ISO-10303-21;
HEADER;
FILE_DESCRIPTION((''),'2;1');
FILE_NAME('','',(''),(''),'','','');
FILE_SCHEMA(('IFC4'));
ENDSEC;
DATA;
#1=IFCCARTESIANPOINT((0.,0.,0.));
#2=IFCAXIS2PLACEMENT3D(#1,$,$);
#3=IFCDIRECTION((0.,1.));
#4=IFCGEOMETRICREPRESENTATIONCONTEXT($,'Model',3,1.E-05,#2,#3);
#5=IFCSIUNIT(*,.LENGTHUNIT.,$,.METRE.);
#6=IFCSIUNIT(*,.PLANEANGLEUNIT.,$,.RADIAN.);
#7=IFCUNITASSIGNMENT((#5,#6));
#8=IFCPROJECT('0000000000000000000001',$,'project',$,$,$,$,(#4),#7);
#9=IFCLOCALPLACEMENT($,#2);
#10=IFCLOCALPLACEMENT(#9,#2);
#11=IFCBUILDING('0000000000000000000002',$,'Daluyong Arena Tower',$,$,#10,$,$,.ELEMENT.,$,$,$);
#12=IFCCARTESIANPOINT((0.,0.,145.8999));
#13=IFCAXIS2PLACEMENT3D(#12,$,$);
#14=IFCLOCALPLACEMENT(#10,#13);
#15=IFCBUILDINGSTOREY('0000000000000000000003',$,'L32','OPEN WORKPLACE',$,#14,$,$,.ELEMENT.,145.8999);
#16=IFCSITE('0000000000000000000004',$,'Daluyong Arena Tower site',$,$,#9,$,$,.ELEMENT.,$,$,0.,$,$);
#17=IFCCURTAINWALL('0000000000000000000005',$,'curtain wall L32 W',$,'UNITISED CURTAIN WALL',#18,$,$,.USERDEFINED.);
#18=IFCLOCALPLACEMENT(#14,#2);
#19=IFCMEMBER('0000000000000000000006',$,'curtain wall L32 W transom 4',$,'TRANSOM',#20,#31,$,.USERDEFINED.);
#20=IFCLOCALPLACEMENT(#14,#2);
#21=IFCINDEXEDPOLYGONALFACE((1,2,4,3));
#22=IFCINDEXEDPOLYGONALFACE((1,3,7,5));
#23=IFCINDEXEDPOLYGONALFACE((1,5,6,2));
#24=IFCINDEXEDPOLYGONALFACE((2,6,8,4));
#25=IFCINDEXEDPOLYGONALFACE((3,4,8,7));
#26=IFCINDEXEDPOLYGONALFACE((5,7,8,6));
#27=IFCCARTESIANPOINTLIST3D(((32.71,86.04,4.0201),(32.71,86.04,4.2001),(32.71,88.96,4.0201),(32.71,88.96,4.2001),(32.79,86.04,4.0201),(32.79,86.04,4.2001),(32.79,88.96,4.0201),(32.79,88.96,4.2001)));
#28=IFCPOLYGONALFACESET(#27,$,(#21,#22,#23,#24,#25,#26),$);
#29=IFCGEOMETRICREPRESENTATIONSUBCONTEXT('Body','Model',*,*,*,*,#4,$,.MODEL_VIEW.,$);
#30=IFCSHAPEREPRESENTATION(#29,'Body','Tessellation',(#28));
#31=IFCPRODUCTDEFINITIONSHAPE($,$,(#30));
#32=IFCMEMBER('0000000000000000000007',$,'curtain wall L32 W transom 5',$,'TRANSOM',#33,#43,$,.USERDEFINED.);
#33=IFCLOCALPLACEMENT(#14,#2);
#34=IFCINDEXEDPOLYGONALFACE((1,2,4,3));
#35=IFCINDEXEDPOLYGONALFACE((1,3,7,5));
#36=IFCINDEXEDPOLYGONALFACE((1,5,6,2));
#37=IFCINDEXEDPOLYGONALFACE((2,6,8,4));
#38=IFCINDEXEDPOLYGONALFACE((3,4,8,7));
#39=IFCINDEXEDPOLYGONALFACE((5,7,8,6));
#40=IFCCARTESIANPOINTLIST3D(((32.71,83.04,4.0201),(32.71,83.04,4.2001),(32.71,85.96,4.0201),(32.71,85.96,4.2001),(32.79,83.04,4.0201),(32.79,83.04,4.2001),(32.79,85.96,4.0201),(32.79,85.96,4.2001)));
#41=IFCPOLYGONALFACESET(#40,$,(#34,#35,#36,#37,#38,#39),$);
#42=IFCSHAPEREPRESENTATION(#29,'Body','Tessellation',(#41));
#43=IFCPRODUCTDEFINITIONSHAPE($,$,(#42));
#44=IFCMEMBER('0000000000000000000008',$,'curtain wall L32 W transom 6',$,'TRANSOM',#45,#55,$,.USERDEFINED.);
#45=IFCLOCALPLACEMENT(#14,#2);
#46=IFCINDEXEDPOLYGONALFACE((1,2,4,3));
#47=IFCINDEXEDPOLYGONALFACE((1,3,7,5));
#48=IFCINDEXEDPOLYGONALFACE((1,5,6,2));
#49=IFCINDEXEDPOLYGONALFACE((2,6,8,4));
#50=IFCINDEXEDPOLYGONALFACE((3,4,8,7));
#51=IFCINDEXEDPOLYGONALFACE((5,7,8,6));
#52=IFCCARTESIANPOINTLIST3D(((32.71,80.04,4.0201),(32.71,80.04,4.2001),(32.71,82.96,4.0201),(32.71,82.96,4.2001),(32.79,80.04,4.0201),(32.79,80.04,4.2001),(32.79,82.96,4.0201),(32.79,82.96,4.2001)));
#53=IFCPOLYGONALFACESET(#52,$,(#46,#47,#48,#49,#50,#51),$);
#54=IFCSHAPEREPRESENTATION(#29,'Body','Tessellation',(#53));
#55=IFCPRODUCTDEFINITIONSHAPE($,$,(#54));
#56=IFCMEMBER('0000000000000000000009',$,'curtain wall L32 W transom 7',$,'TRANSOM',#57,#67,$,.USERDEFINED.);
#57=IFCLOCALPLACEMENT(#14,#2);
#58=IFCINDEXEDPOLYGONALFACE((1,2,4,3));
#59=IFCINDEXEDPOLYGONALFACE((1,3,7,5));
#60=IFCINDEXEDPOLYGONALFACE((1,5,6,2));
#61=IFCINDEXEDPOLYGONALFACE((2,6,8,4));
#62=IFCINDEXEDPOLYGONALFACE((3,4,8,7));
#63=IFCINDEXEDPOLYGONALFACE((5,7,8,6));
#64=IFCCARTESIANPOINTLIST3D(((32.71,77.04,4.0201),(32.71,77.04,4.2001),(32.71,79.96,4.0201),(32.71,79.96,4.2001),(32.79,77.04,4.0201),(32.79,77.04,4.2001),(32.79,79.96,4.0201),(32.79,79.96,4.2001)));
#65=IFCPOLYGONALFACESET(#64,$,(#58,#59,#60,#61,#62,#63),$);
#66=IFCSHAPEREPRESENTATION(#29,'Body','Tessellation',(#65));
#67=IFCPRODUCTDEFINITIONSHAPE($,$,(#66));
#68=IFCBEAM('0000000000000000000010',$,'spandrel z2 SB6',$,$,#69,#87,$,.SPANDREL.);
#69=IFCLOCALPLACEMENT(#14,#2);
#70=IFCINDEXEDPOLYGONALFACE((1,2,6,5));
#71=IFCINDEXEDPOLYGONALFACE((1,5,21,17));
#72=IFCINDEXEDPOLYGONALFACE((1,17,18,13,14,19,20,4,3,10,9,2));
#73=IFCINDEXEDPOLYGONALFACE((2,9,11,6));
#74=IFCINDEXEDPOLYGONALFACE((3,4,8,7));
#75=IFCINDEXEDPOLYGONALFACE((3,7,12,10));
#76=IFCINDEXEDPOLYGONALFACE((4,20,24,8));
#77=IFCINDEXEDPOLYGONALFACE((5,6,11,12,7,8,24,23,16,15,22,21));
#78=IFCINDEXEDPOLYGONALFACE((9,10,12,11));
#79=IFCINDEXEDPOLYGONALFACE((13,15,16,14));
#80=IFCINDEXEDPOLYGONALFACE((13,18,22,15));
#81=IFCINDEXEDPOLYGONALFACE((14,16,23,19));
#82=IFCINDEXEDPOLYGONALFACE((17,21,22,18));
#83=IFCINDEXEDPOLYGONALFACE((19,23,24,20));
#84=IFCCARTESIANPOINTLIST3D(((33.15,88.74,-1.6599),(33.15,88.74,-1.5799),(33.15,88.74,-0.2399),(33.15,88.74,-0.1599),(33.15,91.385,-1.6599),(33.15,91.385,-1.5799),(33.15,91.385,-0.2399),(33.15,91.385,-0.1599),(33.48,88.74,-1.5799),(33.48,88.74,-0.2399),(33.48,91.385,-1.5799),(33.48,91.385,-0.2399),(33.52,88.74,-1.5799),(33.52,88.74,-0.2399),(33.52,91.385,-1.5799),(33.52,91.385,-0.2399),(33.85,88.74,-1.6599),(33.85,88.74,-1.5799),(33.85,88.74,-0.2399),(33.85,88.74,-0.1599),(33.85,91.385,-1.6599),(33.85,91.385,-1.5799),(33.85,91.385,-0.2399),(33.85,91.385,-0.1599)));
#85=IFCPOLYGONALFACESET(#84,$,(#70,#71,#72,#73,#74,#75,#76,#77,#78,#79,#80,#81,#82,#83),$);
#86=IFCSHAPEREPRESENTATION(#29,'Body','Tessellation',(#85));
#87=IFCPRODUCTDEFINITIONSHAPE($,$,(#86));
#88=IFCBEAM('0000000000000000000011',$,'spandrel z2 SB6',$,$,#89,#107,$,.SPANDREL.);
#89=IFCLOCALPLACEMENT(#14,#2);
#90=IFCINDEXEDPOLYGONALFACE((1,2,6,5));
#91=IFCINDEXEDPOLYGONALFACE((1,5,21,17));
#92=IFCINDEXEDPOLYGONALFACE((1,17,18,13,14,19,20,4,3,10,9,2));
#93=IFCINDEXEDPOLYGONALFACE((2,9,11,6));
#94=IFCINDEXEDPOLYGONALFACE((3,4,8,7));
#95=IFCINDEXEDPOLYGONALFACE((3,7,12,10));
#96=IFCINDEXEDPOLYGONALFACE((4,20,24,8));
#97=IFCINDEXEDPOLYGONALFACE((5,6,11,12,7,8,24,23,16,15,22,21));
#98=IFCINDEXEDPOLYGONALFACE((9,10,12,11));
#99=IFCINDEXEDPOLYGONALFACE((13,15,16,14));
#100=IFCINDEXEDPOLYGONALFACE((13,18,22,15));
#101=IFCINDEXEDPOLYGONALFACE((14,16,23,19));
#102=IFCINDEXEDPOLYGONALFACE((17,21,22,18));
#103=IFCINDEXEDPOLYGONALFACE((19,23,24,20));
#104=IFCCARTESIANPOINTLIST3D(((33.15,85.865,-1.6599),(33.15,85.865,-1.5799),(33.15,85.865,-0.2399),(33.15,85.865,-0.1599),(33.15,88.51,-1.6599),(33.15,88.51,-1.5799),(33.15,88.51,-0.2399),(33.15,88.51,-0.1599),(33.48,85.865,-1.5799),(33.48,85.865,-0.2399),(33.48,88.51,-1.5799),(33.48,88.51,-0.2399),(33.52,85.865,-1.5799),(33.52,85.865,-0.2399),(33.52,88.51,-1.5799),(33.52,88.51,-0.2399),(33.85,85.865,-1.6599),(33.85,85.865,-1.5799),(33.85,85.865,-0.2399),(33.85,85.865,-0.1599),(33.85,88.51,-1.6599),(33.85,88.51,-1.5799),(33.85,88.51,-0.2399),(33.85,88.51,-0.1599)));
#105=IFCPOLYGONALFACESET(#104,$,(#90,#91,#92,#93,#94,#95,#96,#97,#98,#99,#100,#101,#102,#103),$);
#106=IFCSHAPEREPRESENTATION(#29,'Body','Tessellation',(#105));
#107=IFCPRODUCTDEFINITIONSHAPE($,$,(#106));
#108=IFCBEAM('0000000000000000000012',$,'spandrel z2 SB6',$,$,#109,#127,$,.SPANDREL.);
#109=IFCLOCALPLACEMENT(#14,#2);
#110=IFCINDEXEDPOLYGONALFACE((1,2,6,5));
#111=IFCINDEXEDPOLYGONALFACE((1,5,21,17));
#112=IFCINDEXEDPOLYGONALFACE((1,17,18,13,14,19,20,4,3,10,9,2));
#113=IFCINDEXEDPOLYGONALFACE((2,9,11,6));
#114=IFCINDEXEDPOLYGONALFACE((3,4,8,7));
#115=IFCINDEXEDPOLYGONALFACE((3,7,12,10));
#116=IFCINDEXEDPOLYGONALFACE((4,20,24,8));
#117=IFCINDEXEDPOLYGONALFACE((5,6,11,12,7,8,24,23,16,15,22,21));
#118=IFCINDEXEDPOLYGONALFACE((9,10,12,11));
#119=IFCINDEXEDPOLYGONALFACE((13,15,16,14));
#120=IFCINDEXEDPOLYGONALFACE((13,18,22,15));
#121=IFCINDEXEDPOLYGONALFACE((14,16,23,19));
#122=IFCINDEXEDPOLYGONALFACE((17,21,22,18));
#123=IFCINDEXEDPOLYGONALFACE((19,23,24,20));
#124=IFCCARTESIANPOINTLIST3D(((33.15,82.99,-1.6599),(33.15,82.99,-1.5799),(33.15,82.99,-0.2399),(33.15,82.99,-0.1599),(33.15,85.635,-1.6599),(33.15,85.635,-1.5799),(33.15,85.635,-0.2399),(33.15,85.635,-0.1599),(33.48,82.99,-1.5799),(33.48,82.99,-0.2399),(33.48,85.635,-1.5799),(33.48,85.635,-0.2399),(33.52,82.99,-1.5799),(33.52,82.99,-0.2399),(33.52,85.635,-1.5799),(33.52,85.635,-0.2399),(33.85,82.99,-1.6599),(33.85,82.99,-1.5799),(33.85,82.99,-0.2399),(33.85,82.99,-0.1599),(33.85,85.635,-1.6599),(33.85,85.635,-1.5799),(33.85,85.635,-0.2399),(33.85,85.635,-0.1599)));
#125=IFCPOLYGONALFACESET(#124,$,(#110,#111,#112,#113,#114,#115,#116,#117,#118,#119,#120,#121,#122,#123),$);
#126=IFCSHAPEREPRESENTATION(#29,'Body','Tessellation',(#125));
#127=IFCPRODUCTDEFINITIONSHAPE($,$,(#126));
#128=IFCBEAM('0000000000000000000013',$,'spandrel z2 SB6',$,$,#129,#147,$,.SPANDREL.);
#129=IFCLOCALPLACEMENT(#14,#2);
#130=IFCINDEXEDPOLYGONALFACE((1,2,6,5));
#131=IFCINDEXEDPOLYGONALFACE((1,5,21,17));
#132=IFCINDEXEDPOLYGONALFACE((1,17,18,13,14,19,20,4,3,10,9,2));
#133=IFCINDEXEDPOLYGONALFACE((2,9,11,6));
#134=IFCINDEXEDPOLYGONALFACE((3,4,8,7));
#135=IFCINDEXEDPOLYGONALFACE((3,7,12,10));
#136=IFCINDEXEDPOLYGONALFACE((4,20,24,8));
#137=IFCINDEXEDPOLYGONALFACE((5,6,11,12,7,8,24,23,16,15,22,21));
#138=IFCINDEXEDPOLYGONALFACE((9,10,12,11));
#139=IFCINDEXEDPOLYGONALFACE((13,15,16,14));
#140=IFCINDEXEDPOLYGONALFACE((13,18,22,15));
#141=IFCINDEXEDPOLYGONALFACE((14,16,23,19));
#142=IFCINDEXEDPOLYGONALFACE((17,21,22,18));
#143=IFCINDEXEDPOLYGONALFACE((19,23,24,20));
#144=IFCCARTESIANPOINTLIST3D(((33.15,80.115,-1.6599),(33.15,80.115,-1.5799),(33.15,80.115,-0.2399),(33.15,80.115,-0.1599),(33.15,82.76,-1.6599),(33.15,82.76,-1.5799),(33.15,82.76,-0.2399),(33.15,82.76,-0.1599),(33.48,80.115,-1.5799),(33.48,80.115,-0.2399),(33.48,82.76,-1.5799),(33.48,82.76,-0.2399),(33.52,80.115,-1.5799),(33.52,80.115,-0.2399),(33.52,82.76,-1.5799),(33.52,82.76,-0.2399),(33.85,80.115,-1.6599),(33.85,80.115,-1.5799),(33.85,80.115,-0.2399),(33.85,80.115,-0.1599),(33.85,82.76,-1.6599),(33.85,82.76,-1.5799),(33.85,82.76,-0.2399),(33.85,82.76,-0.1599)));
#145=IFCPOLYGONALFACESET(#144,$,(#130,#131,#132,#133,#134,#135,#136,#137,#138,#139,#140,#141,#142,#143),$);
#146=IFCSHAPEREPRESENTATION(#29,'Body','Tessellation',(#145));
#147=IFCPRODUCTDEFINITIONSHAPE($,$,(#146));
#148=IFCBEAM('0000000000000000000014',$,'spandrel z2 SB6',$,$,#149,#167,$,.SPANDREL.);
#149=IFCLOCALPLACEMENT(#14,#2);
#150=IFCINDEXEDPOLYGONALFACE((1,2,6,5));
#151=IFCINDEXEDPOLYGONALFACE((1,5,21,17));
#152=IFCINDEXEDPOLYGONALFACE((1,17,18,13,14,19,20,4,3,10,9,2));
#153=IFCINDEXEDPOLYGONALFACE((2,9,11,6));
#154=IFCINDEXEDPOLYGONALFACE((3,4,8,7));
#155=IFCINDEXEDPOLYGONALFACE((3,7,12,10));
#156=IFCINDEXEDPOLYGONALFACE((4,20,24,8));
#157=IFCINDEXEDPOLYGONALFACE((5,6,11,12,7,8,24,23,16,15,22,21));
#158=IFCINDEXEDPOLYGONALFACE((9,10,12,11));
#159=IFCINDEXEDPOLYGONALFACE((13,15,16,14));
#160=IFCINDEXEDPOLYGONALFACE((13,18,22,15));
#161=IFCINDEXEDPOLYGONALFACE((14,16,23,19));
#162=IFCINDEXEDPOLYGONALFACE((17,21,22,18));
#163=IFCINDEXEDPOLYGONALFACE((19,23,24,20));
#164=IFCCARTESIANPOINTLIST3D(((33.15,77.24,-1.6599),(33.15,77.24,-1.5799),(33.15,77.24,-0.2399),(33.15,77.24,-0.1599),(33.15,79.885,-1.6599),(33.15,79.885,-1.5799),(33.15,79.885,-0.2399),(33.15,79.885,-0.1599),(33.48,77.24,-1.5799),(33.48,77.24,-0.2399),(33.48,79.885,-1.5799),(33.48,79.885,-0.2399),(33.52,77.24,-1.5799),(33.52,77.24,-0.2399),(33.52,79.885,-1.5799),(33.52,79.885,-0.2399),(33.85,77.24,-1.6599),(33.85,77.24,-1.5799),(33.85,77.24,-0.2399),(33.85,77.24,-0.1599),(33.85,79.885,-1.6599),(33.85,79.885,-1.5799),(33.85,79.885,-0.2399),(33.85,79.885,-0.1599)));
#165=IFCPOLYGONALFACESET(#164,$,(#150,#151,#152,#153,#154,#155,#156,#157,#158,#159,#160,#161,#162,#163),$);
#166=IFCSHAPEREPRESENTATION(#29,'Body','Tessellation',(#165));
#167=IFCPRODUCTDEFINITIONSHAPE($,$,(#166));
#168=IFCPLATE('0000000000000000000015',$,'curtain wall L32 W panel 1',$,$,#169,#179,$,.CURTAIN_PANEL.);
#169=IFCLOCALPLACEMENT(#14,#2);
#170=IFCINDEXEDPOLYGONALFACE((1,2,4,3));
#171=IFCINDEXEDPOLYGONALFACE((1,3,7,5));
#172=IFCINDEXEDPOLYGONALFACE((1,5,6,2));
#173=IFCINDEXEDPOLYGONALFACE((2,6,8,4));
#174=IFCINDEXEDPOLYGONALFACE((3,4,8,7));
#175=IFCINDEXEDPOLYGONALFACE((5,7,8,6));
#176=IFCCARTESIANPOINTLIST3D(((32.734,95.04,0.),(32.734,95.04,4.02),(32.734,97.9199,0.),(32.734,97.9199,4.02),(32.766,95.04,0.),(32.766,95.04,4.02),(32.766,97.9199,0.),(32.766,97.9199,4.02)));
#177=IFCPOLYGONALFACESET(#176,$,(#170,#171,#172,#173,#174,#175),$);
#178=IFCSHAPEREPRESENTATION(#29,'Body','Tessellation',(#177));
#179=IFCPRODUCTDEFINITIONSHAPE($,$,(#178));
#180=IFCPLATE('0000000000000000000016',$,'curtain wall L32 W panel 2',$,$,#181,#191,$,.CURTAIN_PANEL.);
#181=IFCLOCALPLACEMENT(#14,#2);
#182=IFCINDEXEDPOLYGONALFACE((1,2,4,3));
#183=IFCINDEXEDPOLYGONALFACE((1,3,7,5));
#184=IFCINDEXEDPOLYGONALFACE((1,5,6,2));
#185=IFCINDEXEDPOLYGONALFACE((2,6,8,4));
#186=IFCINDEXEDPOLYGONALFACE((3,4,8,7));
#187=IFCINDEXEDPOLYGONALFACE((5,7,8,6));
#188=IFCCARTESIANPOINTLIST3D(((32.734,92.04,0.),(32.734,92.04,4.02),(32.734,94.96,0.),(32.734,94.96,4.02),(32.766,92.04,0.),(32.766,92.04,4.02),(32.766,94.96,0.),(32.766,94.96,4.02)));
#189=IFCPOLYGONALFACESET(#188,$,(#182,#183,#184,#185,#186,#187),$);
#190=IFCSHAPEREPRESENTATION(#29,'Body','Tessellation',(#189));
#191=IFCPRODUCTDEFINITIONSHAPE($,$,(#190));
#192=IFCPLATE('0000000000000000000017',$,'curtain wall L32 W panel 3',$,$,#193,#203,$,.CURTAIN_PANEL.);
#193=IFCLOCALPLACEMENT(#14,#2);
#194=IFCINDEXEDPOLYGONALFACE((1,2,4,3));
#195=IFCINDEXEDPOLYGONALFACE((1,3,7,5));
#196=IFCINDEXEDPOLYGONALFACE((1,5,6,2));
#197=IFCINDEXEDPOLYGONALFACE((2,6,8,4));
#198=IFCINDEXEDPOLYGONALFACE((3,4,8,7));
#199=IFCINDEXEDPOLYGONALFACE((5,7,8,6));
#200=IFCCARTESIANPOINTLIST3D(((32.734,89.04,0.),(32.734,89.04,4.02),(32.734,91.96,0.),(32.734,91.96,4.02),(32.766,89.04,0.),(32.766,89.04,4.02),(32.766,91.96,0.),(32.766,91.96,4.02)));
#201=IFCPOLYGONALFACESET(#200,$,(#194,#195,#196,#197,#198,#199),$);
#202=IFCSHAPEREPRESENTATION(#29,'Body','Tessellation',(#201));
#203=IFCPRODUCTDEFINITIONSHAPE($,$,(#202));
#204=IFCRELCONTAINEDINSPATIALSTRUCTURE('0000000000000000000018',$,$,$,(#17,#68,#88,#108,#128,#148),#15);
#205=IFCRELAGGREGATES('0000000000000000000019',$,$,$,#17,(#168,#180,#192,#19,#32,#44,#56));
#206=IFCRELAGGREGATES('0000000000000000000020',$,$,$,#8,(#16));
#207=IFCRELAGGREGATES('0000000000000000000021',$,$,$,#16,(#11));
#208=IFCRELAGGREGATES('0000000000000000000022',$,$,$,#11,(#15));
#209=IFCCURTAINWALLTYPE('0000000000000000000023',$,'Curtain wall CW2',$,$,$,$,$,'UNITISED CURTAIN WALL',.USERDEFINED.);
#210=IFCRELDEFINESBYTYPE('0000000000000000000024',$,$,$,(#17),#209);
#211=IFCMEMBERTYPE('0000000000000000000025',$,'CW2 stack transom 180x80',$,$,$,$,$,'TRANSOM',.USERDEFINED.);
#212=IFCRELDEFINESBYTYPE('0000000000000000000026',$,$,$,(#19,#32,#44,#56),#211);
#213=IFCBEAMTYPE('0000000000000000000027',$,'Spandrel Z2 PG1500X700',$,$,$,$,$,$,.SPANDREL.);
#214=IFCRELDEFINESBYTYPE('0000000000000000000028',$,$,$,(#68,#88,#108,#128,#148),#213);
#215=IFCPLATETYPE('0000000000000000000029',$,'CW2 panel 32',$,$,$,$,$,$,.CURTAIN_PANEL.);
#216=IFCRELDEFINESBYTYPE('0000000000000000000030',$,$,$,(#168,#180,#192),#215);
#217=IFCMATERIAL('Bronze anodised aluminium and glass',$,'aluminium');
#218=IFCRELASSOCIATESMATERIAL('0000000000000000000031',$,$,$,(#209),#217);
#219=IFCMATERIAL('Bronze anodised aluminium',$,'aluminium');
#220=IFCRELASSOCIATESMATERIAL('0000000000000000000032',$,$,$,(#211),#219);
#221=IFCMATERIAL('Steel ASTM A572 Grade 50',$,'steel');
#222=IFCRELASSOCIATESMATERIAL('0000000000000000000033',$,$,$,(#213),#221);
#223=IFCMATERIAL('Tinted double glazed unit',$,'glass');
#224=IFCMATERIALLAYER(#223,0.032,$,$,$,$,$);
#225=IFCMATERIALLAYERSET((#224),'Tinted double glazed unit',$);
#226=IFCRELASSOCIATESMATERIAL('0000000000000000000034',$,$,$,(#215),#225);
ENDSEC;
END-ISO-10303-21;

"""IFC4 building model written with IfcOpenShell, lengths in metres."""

from ifc_helpers import new_model, si_unit, direction, frame, origin, origin_2d, place, context, subcontext, project, spatial, rectangle, i_section, extrude, material, layer, layer_set, material_profile, profile_set, type_object, element, aggregate, save


model = new_model("IFC4")

# Units and contexts
model_context = context("Model", 3, precision=1e-05, world=origin(), true_north=direction((0.0, 1.0)))
body_context = subcontext(model_context, "Body", "Model", "MODEL_VIEW")
ifc_project = project(units=[si_unit("LENGTHUNIT", "METRE"), si_unit("PLANEANGLEUNIT", "RADIAN")], contexts=[model_context])

# Site, building, storey
site_placement = place(None, origin())
site = spatial("IfcSite", under=ifc_project, at=site_placement, Name="Daluyong Arena Tower site", CompositionType="ELEMENT", RefElevation=0.0)
building_placement = place(site_placement, origin())
building = spatial("IfcBuilding", under=site, at=building_placement, Name="Daluyong Arena Tower", CompositionType="ELEMENT")
storey_placement = place(building_placement, frame((0.0, 0.0, 145.8999)))
storey = spatial("IfcBuildingStorey", under=building, at=storey_placement, Name="L32", Description="OPEN WORKPLACE", CompositionType="ELEMENT", Elevation=145.8999)

# Curtain wall, members
ifc_material_1 = material(Name="Bronze anodised aluminium and glass", Category="aluminium")
curtain_wall_type = type_object("IfcCurtainWallType", Name="Curtain wall CW2", ElementType="UNITISED CURTAIN WALL", PredefinedType="USERDEFINED", material=ifc_material_1)
curtain_wall_placement = place(storey_placement, origin())
curtain_wall = element("IfcCurtainWall", 1, at=curtain_wall_placement, inside=storey, type_object=curtain_wall_type, Name="curtain wall L32 W", ObjectType="UNITISED CURTAIN WALL", PredefinedType="USERDEFINED")
ifc_material_2 = material(Name="Bronze anodised aluminium", Category="aluminium")
ifc_material_profile_1 = material_profile(ifc_material_2, rectangle(XDim=0.0801, YDim=0.1799, at=origin_2d()))
ifc_profile_set_1 = profile_set([ifc_material_profile_1], Name="Bronze anodised aluminium")
member_type_1 = type_object("IfcMemberType", Name="CW2 stack transom 180x80", ElementType="TRANSOM", PredefinedType="USERDEFINED", material=ifc_profile_set_1)
member_1_placement = place(storey_placement, frame((32.75, 88.96, 4.1101), z_axis=(0.0, -1.0, 0.0), x_axis=(1.0, 0.0, 0.0)))
member_1 = element("IfcMember", 2, at=member_1_placement, type_object=member_type_1, Name="curtain wall L32 W transom 4", ObjectType="TRANSOM", PredefinedType="USERDEFINED", context=body_context, shape_type="SweptSolid", body=[
    extrude(rectangle(XDim=0.0801, YDim=0.1799, at=origin_2d()), origin(), (0.0, 0.0, 1.0), 2.9199),
])
member_2_placement = place(storey_placement, frame((32.75, 85.96, 4.1101), z_axis=(0.0, -1.0, 0.0), x_axis=(1.0, 0.0, 0.0)))
member_2 = element("IfcMember", 3, at=member_2_placement, type_object=member_type_1, Name="curtain wall L32 W transom 5", ObjectType="TRANSOM", PredefinedType="USERDEFINED", context=body_context, shape_type="SweptSolid", body=[
    extrude(rectangle(XDim=0.0801, YDim=0.1799, at=origin_2d()), origin(), (0.0, 0.0, 1.0), 2.9199),
])
member_3_placement = place(storey_placement, frame((32.75, 82.96, 4.1101), z_axis=(0.0, -1.0, 0.0), x_axis=(1.0, 0.0, 0.0)))
member_3 = element("IfcMember", 4, at=member_3_placement, type_object=member_type_1, Name="curtain wall L32 W transom 6", ObjectType="TRANSOM", PredefinedType="USERDEFINED", context=body_context, shape_type="SweptSolid", body=[
    extrude(rectangle(XDim=0.0801, YDim=0.1799, at=origin_2d()), origin(), (0.0, 0.0, 1.0), 2.9199),
])
member_4_placement = place(storey_placement, frame((32.75, 79.96, 4.1101), z_axis=(0.0, -1.0, 0.0), x_axis=(1.0, 0.0, 0.0)))
member_4 = element("IfcMember", 5, at=member_4_placement, type_object=member_type_1, Name="curtain wall L32 W transom 7", ObjectType="TRANSOM", PredefinedType="USERDEFINED", context=body_context, shape_type="SweptSolid", body=[
    extrude(rectangle(XDim=0.0801, YDim=0.1799, at=origin_2d()), origin(), (0.0, 0.0, 1.0), 2.9199),
])

# Beams
ifc_material_3 = material(Name="Steel ASTM A572 Grade 50", Category="steel")
ifc_material_profile_2 = material_profile(ifc_material_3, i_section(OverallWidth=0.7, OverallDepth=1.5, WebThickness=0.04, FlangeThickness=0.08, at=origin_2d()))
ifc_profile_set_2 = profile_set([ifc_material_profile_2], Name="Steel ASTM A572 Grade 50")
beam_type = type_object("IfcBeamType", Name="Spandrel Z2 PG1500X700", PredefinedType="SPANDREL", material=ifc_profile_set_2)
for number, where, z_axis, x_axis, name in (
    (6, (33.5, 91.385, -0.9099), (0.0, -1.0, 0.0), (1.0, 0.0, 0.0), "spandrel z2 SB6"),
    (7, (33.5, 88.51, -0.9099), (0.0, -1.0, 0.0), (1.0, 0.0, 0.0), "spandrel z2 SB6"),
    (8, (33.5, 85.635, -0.9099), (0.0, -1.0, 0.0), (1.0, 0.0, 0.0), "spandrel z2 SB6"),
    (9, (33.5, 82.76, -0.9099), (0.0, -1.0, 0.0), (1.0, 0.0, 0.0), "spandrel z2 SB6"),
    (10, (33.5, 79.885, -0.9099), (0.0, -1.0, 0.0), (1.0, 0.0, 0.0), "spandrel z2 SB6"),
):
    element("IfcBeam", number, at=place(storey_placement, frame(where, z_axis=z_axis, x_axis=x_axis)), inside=storey, type_object=beam_type, Name=name, PredefinedType="SPANDREL", context=body_context, shape_type="SweptSolid", body=[
        extrude(i_section(OverallWidth=0.7, OverallDepth=1.5, WebThickness=0.04, FlangeThickness=0.08, at=origin_2d()), origin(), (0.0, 0.0, 1.0), 2.645),
    ])

# Plates
ifc_material_4 = material(Name="Tinted double glazed unit", Category="glass")
ifc_layer = layer(ifc_material_4, 0.032)
ifc_layer_set = layer_set([ifc_layer], Name="Tinted double glazed unit")
plate_type = type_object("IfcPlateType", Name="CW2 panel 32", PredefinedType="CURTAIN_PANEL", material=ifc_layer_set)
plate_1_placement = place(storey_placement, frame((32.75, 96.48, 0.0), z_axis=(0.0, 0.0, 1.0), x_axis=(0.0, -1.0, 0.0)))
plate_1 = element("IfcPlate", 11, at=plate_1_placement, type_object=plate_type, Name="curtain wall L32 W panel 1", PredefinedType="CURTAIN_PANEL", context=body_context, shape_type="SweptSolid", body=[
    extrude(rectangle(XDim=2.8799, YDim=0.032, at=origin_2d()), origin(), (0.0, 0.0, 1.0), 4.02),
])
plate_2_placement = place(storey_placement, frame((32.75, 93.5, 0.0), z_axis=(0.0, 0.0, 1.0), x_axis=(0.0, -1.0, 0.0)))
plate_2 = element("IfcPlate", 12, at=plate_2_placement, type_object=plate_type, Name="curtain wall L32 W panel 2", PredefinedType="CURTAIN_PANEL", context=body_context, shape_type="SweptSolid", body=[
    extrude(rectangle(XDim=2.9199, YDim=0.032, at=origin_2d()), origin(), (0.0, 0.0, 1.0), 4.02),
])
plate_3_placement = place(storey_placement, frame((32.75, 90.5, 0.0), z_axis=(0.0, 0.0, 1.0), x_axis=(0.0, -1.0, 0.0)))
plate_3 = element("IfcPlate", 13, at=plate_3_placement, type_object=plate_type, Name="curtain wall L32 W panel 3", PredefinedType="CURTAIN_PANEL", context=body_context, shape_type="SweptSolid", body=[
    extrude(rectangle(XDim=2.9199, YDim=0.032, at=origin_2d()), origin(), (0.0, 0.0, 1.0), 4.02),
])
aggregate(curtain_wall, [plate_1, plate_2, plate_3, member_1, member_2, member_3, member_4])

save(model, "model.ifc")
